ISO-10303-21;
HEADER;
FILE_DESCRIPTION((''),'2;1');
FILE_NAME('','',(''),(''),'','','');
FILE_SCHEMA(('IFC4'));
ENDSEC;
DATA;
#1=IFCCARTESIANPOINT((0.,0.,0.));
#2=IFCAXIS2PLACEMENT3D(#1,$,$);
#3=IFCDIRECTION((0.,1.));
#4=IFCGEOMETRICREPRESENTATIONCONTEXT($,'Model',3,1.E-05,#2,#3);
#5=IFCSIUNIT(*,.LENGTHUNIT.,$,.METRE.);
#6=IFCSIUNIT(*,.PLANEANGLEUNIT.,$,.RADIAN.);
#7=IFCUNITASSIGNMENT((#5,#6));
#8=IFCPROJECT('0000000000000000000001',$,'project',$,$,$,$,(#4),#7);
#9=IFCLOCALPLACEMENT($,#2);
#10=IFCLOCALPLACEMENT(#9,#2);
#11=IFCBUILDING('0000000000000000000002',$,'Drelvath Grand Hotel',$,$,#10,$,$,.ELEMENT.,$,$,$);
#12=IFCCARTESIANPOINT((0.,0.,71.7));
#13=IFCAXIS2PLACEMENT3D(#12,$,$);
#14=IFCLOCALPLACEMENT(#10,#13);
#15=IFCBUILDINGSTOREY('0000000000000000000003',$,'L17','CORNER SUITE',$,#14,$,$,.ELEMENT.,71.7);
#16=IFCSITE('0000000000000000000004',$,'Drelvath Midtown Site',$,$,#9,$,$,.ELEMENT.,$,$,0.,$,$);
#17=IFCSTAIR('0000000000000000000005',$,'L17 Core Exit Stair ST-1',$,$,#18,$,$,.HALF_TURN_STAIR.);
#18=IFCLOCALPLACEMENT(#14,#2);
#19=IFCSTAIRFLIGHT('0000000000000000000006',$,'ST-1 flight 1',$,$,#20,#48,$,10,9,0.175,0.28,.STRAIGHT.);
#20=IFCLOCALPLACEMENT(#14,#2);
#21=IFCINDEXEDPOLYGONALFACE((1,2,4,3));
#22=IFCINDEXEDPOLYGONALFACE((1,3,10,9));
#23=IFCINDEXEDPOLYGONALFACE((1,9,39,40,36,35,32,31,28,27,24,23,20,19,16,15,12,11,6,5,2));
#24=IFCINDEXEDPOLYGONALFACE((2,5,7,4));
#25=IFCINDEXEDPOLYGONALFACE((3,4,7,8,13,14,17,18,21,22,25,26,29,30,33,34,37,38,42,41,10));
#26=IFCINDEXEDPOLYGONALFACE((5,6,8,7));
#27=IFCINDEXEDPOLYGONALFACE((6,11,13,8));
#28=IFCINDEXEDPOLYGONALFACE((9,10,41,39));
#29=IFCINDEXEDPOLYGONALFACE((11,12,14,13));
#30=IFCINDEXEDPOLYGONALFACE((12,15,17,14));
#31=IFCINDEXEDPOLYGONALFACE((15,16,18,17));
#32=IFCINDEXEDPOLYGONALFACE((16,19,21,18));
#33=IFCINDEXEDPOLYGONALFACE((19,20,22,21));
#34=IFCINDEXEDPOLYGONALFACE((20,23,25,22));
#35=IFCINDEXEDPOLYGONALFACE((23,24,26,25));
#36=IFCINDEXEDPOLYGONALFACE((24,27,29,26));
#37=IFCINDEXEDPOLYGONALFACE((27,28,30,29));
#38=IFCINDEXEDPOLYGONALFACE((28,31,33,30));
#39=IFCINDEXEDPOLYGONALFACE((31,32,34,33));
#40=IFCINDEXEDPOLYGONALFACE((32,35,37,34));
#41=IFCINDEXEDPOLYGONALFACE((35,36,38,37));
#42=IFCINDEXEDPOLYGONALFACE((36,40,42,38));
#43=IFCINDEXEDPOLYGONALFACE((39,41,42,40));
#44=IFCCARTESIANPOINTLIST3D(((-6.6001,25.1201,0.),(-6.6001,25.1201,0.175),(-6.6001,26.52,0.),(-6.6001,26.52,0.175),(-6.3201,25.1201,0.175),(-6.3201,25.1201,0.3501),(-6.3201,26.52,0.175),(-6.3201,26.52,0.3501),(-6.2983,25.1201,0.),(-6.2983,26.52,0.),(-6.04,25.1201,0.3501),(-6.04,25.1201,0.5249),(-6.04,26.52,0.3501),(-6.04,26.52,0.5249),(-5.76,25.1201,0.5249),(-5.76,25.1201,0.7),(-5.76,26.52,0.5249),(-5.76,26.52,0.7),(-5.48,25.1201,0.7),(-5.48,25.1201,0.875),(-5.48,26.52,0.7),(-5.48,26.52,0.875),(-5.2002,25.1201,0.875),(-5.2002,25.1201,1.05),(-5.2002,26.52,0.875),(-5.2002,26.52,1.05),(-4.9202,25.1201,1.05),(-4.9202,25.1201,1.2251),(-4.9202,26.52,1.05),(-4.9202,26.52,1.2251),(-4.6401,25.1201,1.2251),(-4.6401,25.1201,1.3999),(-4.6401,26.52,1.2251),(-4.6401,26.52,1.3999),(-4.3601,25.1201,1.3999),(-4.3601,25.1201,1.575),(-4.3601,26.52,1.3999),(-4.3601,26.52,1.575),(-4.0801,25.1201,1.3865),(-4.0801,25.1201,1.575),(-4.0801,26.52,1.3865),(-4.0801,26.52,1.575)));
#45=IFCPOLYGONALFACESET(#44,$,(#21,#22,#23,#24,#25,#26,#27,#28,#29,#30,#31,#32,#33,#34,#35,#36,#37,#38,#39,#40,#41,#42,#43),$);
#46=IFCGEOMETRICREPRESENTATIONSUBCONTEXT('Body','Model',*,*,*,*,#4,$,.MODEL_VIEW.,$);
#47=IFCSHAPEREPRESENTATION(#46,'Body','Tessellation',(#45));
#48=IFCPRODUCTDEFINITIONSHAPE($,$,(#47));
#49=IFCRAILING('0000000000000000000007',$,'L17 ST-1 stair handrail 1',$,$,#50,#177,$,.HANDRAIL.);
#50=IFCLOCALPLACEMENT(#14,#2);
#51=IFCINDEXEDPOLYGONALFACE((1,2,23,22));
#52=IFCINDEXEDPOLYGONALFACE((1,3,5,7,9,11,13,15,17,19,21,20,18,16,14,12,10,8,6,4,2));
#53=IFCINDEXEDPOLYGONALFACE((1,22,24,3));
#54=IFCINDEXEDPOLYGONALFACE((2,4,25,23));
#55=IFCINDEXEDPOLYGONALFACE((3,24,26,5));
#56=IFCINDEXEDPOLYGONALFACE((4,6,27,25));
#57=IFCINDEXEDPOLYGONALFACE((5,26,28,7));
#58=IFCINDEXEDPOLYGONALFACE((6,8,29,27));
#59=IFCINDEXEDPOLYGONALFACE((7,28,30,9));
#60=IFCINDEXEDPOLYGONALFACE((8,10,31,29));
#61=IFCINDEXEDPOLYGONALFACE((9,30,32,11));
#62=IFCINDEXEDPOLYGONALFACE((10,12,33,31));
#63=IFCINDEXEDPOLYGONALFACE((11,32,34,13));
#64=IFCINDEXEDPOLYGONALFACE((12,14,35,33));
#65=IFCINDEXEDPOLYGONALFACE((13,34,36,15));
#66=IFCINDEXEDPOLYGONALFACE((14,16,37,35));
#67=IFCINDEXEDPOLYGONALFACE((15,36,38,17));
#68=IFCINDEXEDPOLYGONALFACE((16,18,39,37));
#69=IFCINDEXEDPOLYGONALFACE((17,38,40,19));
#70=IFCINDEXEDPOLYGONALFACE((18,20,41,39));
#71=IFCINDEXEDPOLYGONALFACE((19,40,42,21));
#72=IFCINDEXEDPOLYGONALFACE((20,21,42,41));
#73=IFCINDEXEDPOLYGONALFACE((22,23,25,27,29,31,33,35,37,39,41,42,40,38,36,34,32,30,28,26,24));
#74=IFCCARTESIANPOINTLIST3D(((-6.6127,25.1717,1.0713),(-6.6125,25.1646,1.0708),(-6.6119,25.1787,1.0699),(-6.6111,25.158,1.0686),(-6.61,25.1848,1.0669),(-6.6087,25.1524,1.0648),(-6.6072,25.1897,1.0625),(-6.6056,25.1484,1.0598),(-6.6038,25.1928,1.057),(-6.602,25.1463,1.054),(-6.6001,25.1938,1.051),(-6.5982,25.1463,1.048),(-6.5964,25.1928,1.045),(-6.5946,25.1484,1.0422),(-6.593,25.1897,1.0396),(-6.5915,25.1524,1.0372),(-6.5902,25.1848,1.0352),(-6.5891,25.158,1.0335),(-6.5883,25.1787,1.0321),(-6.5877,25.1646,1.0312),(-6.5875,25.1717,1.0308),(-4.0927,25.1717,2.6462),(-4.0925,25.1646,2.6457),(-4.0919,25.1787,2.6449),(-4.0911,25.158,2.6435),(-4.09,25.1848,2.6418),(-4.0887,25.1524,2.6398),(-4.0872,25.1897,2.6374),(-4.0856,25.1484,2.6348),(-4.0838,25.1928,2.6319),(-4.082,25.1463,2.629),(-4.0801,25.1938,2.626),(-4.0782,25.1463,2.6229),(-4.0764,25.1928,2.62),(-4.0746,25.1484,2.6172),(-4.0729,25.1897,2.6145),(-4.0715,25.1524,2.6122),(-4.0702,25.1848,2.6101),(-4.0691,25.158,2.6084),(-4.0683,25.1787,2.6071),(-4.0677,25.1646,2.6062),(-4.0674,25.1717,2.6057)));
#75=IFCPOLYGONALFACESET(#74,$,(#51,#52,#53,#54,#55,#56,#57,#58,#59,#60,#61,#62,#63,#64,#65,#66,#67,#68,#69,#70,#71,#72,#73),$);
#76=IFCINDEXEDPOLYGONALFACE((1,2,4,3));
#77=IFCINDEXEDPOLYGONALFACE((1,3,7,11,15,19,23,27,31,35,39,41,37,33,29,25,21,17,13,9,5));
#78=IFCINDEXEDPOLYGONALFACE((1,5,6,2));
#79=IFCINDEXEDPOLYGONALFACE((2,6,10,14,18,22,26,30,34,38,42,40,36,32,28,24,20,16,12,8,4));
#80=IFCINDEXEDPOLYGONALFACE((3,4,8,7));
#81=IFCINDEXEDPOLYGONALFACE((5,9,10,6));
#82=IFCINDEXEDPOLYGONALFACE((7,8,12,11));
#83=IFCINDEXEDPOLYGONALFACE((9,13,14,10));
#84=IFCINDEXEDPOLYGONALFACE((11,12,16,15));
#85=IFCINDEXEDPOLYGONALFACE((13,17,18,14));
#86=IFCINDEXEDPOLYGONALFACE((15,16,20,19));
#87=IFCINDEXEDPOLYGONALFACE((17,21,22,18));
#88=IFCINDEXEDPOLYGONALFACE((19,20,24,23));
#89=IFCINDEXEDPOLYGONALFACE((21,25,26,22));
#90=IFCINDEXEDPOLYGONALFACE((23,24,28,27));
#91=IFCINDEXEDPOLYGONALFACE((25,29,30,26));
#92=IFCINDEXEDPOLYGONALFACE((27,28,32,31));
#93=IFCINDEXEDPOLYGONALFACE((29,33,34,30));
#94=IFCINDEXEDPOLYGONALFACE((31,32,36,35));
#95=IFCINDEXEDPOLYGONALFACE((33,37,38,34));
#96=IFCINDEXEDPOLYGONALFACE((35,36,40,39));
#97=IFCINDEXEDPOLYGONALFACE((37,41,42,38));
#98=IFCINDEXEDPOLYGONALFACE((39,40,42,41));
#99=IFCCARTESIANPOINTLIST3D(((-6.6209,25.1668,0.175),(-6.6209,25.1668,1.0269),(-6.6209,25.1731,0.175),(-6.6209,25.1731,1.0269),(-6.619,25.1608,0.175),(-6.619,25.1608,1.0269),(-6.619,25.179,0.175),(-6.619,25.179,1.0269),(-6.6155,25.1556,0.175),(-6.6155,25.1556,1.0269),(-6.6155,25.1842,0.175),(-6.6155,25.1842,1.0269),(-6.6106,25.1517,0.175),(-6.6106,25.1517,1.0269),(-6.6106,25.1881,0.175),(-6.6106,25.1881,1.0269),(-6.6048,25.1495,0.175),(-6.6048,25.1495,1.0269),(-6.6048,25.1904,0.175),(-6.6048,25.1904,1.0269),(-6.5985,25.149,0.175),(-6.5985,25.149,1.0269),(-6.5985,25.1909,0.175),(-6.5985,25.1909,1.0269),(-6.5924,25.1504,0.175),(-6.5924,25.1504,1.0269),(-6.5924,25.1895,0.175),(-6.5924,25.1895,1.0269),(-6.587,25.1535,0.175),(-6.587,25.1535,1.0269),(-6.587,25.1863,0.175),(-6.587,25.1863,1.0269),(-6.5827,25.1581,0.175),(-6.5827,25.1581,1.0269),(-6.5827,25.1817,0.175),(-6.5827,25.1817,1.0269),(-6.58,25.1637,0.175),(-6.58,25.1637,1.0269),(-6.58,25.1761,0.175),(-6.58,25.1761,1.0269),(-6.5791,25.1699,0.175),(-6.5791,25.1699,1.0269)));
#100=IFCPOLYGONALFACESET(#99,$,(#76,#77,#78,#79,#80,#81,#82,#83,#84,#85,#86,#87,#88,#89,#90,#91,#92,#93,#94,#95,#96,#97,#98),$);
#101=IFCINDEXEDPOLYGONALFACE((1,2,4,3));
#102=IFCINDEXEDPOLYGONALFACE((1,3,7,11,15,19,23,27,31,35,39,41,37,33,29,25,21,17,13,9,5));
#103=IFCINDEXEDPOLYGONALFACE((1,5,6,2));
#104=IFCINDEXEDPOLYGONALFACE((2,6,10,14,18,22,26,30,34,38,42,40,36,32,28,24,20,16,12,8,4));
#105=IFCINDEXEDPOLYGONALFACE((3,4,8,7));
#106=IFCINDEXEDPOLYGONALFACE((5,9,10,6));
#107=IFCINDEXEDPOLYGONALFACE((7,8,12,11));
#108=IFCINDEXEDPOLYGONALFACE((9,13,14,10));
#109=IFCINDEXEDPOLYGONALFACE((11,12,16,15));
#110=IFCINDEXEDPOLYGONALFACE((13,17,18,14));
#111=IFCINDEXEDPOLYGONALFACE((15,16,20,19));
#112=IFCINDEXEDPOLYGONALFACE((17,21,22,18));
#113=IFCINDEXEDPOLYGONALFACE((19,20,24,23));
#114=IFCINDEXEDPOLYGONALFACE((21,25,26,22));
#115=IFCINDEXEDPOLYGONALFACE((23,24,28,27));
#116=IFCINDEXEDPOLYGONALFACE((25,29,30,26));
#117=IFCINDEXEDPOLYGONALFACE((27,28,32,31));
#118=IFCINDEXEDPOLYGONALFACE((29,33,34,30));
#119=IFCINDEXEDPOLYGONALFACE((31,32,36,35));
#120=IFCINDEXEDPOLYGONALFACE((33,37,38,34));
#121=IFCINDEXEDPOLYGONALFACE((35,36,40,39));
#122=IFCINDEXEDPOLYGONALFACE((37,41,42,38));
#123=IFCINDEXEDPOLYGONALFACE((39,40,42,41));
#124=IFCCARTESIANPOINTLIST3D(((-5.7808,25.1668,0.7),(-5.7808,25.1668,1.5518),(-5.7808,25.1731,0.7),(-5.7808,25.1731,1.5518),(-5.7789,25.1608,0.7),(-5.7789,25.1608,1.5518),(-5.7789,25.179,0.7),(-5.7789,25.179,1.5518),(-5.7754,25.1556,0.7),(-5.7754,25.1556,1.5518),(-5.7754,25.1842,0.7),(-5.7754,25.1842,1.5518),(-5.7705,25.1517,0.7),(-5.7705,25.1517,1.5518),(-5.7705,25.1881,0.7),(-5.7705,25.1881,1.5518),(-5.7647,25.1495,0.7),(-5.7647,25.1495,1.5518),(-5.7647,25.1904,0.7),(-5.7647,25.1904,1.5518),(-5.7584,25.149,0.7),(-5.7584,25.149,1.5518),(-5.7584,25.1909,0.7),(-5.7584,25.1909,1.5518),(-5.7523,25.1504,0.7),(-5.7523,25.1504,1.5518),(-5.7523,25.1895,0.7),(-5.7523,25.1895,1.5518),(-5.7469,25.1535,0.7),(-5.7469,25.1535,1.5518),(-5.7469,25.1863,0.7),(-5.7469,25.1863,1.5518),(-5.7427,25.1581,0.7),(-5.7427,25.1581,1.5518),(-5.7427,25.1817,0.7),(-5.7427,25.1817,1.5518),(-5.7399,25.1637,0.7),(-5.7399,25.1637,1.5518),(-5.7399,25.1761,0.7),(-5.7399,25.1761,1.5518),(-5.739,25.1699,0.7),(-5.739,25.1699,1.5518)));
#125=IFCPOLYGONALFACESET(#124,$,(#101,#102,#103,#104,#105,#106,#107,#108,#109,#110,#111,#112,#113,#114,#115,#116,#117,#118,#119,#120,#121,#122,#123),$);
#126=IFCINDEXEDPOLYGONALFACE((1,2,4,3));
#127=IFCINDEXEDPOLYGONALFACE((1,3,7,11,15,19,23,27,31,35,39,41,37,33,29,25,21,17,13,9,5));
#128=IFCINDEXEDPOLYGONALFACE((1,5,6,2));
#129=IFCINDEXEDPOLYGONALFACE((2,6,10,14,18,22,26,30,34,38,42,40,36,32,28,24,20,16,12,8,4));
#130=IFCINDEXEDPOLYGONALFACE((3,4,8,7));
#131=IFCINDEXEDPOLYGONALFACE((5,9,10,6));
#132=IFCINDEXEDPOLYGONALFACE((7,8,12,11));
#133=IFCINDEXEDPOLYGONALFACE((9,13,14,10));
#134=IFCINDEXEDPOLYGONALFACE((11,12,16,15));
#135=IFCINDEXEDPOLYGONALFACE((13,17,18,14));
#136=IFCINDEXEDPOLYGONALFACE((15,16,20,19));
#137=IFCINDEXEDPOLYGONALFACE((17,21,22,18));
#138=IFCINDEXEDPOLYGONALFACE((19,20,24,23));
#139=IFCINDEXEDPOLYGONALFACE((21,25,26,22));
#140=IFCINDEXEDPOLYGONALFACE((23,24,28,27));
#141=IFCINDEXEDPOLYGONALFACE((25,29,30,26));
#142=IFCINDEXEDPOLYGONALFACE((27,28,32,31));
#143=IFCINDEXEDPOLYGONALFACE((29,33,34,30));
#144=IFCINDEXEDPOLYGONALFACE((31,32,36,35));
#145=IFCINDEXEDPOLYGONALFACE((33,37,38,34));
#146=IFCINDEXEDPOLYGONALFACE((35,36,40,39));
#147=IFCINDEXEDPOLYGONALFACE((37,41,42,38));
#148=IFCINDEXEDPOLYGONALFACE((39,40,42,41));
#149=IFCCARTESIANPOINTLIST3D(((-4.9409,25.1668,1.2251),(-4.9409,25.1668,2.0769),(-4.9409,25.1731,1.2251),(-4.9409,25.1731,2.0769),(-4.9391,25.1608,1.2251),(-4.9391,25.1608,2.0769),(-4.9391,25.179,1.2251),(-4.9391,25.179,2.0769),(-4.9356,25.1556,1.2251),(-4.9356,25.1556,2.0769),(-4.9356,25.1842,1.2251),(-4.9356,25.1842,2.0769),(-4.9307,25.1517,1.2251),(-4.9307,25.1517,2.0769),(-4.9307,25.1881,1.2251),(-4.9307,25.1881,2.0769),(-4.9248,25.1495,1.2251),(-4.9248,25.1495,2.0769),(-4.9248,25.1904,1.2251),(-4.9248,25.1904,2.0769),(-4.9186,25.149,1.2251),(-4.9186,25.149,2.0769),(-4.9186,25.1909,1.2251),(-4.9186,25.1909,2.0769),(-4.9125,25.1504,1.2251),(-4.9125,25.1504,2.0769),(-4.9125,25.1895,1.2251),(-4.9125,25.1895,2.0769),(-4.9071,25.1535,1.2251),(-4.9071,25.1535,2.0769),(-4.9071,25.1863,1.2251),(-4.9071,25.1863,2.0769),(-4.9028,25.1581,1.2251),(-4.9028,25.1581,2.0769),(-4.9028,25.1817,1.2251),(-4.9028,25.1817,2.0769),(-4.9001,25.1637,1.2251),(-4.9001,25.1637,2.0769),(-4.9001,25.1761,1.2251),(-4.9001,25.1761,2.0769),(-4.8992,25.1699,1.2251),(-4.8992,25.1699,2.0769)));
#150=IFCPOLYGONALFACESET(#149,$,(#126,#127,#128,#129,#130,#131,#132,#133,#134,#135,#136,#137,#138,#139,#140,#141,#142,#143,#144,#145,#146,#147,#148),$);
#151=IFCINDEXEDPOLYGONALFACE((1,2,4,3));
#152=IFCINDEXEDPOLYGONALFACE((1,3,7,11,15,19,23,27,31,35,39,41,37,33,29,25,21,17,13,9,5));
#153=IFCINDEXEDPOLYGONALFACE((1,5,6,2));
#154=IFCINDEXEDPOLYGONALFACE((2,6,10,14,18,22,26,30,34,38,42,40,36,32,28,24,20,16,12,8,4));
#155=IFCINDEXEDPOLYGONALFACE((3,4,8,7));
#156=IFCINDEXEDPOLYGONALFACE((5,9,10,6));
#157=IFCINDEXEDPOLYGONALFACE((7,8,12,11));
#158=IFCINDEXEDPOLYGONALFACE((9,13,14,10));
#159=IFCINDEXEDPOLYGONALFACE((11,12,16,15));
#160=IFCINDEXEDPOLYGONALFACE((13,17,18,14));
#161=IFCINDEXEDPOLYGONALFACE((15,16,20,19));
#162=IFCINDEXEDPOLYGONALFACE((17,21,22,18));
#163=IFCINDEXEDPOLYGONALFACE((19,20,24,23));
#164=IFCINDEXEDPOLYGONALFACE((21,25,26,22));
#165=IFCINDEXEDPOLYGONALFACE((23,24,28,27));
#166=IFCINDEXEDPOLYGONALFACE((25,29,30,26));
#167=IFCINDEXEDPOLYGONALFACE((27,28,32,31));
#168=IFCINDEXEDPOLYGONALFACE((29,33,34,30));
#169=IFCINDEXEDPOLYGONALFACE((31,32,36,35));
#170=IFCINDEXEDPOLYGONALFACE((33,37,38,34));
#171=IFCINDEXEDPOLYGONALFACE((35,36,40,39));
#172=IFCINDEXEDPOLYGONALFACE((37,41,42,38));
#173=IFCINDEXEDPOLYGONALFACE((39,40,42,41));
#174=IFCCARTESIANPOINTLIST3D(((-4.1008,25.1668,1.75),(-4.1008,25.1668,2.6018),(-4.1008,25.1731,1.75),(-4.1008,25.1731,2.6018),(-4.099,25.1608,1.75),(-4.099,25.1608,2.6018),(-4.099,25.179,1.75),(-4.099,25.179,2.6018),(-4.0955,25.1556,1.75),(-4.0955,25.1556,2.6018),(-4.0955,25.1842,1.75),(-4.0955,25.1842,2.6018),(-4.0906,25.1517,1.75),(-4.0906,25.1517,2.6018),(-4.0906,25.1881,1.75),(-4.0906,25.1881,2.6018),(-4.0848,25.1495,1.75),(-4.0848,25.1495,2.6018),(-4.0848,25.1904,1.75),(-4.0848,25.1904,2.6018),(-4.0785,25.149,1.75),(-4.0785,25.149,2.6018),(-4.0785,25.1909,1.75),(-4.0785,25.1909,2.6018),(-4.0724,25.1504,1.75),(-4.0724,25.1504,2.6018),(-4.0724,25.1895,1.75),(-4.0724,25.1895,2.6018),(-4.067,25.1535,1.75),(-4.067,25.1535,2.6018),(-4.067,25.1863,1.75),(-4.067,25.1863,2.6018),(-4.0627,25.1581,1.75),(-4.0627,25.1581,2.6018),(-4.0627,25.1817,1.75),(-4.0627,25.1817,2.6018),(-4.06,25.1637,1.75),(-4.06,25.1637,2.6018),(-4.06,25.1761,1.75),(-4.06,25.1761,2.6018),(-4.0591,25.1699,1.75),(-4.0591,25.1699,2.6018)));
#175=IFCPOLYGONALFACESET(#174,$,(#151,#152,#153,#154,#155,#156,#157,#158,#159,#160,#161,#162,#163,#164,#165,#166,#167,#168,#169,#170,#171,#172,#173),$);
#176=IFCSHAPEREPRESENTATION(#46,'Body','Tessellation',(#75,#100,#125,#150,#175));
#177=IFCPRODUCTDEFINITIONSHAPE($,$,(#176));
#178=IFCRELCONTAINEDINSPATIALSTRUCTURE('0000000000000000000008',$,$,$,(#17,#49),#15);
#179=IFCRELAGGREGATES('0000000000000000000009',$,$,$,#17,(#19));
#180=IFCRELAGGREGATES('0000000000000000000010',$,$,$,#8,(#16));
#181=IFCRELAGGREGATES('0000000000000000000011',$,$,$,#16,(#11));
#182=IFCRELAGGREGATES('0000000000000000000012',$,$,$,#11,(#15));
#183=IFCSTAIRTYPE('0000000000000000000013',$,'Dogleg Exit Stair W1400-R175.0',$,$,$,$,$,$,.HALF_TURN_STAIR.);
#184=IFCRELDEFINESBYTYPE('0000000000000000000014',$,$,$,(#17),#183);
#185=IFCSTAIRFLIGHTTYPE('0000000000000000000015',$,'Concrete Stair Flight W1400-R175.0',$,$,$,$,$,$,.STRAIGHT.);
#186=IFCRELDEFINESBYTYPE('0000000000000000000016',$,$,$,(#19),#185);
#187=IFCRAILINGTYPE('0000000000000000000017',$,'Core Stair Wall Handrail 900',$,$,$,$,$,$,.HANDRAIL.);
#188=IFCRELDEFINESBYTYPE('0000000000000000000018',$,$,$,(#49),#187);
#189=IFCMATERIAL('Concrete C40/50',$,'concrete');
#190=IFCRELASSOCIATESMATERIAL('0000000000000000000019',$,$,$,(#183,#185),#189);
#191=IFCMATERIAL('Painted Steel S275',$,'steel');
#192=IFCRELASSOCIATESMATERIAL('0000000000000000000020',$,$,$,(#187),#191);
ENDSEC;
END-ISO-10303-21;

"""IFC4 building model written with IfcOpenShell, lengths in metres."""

from ifc_helpers import new_model, si_unit, direction, frame, origin, origin_2d, place, context, subcontext, project, spatial, polyline, circle, outline, extrude, material, type_object, element, aggregate, save


model = new_model("IFC4")

# Units and contexts
model_context = context("Model", 3, precision=1e-05, world=origin(), true_north=direction((0.0, 1.0)))
body_context = subcontext(model_context, "Body", "Model", "MODEL_VIEW")
ifc_project = project(units=[si_unit("LENGTHUNIT", "METRE"), si_unit("PLANEANGLEUNIT", "RADIAN")], contexts=[model_context])

# Site, building, storey
site_placement = place(None, origin())
site = spatial("IfcSite", under=ifc_project, at=site_placement, Name="Drelvath Midtown Site", CompositionType="ELEMENT", RefElevation=0.0)
building_placement = place(site_placement, origin())
building = spatial("IfcBuilding", under=site, at=building_placement, Name="Drelvath Grand Hotel", CompositionType="ELEMENT")
storey_placement = place(building_placement, frame((0.0, 0.0, 71.7)))
storey = spatial("IfcBuildingStorey", under=building, at=storey_placement, Name="L17", Description="CORNER SUITE", CompositionType="ELEMENT", Elevation=71.7)

# Shared definitions
ifc_material_1 = material(Name="Concrete C40/50", Category="concrete")

# Shared definitions
ifc_material_2 = material(Name="Painted Steel S275", Category="steel")

# Stair, stair flight
stair_type = type_object("IfcStairType", Name="Dogleg Exit Stair W1400-R175.0", PredefinedType="HALF_TURN_STAIR", material=ifc_material_1)
stair_placement = place(storey_placement, origin())
stair = element("IfcStair", 1, at=stair_placement, inside=storey, type_object=stair_type, Name="L17 Core Exit Stair ST-1", PredefinedType="HALF_TURN_STAIR")
stair_flight_type = type_object("IfcStairFlightType", Name="Concrete Stair Flight W1400-R175.0", PredefinedType="STRAIGHT", material=ifc_material_1)
stair_flight_placement = place(storey_placement, frame((-6.6001, 25.8201, 0.0), z_axis=(0.0, 0.0, 1.0), x_axis=(1.0, 0.0, 0.0)))
stair_flight = element("IfcStairFlight", 2, at=stair_flight_placement, type_object=stair_flight_type, Name="ST-1 flight 1", NumberOfRisers=10, NumberOfTreads=9, PredefinedType="STRAIGHT", RiserHeight=0.175, TreadLength=0.28, context=body_context, shape_type="SweptSolid", body=[
    extrude(outline(polyline([(0.0, 0.0), (0.0, 0.175), (0.28, 0.175), (0.28, 0.3501), (0.5601, 0.3501), (0.5601, 0.5249), (0.8401, 0.5249), (0.8401, 0.7), (1.1201, 0.7), (1.1201, 0.875), (1.3999, 0.875), (1.3999, 1.05), (1.6799, 1.05), (1.6799, 1.2251), (1.96, 1.2251), (1.96, 1.3999), (2.24, 1.3999), (2.24, 1.575), (2.52, 1.575), (2.52, 1.75), (2.52, 1.3865), (0.3018, 0.0), (0.0, 0.0)])), frame((0.0, 0.7, 0.0), z_axis=(0.0, -1.0, 0.0), x_axis=(1.0, 0.0, 0.0)), (0.0, 0.0, 1.0), 1.3999),
])
aggregate(stair, [stair_flight])

# Railing
railing_type_1 = type_object("IfcRailingType", Name="Core Stair Wall Handrail 900", PredefinedType="HANDRAIL", material=ifc_material_2)
railing_1_placement = place(storey_placement, frame((-6.6001, 25.1699, 0.175)))
element("IfcRailing", 3, at=railing_1_placement, inside=storey, type_object=railing_type_1, Name="L17 ST-1 stair handrail 1", PredefinedType="HANDRAIL", context=body_context, shape_type="SweptSolid", body=[
    extrude(circle(Radius=0.0239, at=origin_2d()), frame((0.0, 0.0, 0.876), z_axis=(0.848008, 0.0, 0.529984), x_axis=(0.0, 1.0, 0.0)), (0.0, 0.0, 1.0), 2.9717),
    extrude(circle(Radius=0.021, at=origin_2d()), origin(), (0.0, 0.0, 1.0), 0.8518),
    extrude(circle(Radius=0.021, at=origin_2d()), frame((0.8401, 0.0, 0.5249)), (0.0, 0.0, 1.0), 0.8518),
    extrude(circle(Radius=0.021, at=origin_2d()), frame((1.6799, 0.0, 1.05)), (0.0, 0.0, 1.0), 0.8518),
    extrude(circle(Radius=0.021, at=origin_2d()), frame((2.52, 0.0, 1.575)), (0.0, 0.0, 1.0), 0.8518),
])

save(model, "model.ifc")
